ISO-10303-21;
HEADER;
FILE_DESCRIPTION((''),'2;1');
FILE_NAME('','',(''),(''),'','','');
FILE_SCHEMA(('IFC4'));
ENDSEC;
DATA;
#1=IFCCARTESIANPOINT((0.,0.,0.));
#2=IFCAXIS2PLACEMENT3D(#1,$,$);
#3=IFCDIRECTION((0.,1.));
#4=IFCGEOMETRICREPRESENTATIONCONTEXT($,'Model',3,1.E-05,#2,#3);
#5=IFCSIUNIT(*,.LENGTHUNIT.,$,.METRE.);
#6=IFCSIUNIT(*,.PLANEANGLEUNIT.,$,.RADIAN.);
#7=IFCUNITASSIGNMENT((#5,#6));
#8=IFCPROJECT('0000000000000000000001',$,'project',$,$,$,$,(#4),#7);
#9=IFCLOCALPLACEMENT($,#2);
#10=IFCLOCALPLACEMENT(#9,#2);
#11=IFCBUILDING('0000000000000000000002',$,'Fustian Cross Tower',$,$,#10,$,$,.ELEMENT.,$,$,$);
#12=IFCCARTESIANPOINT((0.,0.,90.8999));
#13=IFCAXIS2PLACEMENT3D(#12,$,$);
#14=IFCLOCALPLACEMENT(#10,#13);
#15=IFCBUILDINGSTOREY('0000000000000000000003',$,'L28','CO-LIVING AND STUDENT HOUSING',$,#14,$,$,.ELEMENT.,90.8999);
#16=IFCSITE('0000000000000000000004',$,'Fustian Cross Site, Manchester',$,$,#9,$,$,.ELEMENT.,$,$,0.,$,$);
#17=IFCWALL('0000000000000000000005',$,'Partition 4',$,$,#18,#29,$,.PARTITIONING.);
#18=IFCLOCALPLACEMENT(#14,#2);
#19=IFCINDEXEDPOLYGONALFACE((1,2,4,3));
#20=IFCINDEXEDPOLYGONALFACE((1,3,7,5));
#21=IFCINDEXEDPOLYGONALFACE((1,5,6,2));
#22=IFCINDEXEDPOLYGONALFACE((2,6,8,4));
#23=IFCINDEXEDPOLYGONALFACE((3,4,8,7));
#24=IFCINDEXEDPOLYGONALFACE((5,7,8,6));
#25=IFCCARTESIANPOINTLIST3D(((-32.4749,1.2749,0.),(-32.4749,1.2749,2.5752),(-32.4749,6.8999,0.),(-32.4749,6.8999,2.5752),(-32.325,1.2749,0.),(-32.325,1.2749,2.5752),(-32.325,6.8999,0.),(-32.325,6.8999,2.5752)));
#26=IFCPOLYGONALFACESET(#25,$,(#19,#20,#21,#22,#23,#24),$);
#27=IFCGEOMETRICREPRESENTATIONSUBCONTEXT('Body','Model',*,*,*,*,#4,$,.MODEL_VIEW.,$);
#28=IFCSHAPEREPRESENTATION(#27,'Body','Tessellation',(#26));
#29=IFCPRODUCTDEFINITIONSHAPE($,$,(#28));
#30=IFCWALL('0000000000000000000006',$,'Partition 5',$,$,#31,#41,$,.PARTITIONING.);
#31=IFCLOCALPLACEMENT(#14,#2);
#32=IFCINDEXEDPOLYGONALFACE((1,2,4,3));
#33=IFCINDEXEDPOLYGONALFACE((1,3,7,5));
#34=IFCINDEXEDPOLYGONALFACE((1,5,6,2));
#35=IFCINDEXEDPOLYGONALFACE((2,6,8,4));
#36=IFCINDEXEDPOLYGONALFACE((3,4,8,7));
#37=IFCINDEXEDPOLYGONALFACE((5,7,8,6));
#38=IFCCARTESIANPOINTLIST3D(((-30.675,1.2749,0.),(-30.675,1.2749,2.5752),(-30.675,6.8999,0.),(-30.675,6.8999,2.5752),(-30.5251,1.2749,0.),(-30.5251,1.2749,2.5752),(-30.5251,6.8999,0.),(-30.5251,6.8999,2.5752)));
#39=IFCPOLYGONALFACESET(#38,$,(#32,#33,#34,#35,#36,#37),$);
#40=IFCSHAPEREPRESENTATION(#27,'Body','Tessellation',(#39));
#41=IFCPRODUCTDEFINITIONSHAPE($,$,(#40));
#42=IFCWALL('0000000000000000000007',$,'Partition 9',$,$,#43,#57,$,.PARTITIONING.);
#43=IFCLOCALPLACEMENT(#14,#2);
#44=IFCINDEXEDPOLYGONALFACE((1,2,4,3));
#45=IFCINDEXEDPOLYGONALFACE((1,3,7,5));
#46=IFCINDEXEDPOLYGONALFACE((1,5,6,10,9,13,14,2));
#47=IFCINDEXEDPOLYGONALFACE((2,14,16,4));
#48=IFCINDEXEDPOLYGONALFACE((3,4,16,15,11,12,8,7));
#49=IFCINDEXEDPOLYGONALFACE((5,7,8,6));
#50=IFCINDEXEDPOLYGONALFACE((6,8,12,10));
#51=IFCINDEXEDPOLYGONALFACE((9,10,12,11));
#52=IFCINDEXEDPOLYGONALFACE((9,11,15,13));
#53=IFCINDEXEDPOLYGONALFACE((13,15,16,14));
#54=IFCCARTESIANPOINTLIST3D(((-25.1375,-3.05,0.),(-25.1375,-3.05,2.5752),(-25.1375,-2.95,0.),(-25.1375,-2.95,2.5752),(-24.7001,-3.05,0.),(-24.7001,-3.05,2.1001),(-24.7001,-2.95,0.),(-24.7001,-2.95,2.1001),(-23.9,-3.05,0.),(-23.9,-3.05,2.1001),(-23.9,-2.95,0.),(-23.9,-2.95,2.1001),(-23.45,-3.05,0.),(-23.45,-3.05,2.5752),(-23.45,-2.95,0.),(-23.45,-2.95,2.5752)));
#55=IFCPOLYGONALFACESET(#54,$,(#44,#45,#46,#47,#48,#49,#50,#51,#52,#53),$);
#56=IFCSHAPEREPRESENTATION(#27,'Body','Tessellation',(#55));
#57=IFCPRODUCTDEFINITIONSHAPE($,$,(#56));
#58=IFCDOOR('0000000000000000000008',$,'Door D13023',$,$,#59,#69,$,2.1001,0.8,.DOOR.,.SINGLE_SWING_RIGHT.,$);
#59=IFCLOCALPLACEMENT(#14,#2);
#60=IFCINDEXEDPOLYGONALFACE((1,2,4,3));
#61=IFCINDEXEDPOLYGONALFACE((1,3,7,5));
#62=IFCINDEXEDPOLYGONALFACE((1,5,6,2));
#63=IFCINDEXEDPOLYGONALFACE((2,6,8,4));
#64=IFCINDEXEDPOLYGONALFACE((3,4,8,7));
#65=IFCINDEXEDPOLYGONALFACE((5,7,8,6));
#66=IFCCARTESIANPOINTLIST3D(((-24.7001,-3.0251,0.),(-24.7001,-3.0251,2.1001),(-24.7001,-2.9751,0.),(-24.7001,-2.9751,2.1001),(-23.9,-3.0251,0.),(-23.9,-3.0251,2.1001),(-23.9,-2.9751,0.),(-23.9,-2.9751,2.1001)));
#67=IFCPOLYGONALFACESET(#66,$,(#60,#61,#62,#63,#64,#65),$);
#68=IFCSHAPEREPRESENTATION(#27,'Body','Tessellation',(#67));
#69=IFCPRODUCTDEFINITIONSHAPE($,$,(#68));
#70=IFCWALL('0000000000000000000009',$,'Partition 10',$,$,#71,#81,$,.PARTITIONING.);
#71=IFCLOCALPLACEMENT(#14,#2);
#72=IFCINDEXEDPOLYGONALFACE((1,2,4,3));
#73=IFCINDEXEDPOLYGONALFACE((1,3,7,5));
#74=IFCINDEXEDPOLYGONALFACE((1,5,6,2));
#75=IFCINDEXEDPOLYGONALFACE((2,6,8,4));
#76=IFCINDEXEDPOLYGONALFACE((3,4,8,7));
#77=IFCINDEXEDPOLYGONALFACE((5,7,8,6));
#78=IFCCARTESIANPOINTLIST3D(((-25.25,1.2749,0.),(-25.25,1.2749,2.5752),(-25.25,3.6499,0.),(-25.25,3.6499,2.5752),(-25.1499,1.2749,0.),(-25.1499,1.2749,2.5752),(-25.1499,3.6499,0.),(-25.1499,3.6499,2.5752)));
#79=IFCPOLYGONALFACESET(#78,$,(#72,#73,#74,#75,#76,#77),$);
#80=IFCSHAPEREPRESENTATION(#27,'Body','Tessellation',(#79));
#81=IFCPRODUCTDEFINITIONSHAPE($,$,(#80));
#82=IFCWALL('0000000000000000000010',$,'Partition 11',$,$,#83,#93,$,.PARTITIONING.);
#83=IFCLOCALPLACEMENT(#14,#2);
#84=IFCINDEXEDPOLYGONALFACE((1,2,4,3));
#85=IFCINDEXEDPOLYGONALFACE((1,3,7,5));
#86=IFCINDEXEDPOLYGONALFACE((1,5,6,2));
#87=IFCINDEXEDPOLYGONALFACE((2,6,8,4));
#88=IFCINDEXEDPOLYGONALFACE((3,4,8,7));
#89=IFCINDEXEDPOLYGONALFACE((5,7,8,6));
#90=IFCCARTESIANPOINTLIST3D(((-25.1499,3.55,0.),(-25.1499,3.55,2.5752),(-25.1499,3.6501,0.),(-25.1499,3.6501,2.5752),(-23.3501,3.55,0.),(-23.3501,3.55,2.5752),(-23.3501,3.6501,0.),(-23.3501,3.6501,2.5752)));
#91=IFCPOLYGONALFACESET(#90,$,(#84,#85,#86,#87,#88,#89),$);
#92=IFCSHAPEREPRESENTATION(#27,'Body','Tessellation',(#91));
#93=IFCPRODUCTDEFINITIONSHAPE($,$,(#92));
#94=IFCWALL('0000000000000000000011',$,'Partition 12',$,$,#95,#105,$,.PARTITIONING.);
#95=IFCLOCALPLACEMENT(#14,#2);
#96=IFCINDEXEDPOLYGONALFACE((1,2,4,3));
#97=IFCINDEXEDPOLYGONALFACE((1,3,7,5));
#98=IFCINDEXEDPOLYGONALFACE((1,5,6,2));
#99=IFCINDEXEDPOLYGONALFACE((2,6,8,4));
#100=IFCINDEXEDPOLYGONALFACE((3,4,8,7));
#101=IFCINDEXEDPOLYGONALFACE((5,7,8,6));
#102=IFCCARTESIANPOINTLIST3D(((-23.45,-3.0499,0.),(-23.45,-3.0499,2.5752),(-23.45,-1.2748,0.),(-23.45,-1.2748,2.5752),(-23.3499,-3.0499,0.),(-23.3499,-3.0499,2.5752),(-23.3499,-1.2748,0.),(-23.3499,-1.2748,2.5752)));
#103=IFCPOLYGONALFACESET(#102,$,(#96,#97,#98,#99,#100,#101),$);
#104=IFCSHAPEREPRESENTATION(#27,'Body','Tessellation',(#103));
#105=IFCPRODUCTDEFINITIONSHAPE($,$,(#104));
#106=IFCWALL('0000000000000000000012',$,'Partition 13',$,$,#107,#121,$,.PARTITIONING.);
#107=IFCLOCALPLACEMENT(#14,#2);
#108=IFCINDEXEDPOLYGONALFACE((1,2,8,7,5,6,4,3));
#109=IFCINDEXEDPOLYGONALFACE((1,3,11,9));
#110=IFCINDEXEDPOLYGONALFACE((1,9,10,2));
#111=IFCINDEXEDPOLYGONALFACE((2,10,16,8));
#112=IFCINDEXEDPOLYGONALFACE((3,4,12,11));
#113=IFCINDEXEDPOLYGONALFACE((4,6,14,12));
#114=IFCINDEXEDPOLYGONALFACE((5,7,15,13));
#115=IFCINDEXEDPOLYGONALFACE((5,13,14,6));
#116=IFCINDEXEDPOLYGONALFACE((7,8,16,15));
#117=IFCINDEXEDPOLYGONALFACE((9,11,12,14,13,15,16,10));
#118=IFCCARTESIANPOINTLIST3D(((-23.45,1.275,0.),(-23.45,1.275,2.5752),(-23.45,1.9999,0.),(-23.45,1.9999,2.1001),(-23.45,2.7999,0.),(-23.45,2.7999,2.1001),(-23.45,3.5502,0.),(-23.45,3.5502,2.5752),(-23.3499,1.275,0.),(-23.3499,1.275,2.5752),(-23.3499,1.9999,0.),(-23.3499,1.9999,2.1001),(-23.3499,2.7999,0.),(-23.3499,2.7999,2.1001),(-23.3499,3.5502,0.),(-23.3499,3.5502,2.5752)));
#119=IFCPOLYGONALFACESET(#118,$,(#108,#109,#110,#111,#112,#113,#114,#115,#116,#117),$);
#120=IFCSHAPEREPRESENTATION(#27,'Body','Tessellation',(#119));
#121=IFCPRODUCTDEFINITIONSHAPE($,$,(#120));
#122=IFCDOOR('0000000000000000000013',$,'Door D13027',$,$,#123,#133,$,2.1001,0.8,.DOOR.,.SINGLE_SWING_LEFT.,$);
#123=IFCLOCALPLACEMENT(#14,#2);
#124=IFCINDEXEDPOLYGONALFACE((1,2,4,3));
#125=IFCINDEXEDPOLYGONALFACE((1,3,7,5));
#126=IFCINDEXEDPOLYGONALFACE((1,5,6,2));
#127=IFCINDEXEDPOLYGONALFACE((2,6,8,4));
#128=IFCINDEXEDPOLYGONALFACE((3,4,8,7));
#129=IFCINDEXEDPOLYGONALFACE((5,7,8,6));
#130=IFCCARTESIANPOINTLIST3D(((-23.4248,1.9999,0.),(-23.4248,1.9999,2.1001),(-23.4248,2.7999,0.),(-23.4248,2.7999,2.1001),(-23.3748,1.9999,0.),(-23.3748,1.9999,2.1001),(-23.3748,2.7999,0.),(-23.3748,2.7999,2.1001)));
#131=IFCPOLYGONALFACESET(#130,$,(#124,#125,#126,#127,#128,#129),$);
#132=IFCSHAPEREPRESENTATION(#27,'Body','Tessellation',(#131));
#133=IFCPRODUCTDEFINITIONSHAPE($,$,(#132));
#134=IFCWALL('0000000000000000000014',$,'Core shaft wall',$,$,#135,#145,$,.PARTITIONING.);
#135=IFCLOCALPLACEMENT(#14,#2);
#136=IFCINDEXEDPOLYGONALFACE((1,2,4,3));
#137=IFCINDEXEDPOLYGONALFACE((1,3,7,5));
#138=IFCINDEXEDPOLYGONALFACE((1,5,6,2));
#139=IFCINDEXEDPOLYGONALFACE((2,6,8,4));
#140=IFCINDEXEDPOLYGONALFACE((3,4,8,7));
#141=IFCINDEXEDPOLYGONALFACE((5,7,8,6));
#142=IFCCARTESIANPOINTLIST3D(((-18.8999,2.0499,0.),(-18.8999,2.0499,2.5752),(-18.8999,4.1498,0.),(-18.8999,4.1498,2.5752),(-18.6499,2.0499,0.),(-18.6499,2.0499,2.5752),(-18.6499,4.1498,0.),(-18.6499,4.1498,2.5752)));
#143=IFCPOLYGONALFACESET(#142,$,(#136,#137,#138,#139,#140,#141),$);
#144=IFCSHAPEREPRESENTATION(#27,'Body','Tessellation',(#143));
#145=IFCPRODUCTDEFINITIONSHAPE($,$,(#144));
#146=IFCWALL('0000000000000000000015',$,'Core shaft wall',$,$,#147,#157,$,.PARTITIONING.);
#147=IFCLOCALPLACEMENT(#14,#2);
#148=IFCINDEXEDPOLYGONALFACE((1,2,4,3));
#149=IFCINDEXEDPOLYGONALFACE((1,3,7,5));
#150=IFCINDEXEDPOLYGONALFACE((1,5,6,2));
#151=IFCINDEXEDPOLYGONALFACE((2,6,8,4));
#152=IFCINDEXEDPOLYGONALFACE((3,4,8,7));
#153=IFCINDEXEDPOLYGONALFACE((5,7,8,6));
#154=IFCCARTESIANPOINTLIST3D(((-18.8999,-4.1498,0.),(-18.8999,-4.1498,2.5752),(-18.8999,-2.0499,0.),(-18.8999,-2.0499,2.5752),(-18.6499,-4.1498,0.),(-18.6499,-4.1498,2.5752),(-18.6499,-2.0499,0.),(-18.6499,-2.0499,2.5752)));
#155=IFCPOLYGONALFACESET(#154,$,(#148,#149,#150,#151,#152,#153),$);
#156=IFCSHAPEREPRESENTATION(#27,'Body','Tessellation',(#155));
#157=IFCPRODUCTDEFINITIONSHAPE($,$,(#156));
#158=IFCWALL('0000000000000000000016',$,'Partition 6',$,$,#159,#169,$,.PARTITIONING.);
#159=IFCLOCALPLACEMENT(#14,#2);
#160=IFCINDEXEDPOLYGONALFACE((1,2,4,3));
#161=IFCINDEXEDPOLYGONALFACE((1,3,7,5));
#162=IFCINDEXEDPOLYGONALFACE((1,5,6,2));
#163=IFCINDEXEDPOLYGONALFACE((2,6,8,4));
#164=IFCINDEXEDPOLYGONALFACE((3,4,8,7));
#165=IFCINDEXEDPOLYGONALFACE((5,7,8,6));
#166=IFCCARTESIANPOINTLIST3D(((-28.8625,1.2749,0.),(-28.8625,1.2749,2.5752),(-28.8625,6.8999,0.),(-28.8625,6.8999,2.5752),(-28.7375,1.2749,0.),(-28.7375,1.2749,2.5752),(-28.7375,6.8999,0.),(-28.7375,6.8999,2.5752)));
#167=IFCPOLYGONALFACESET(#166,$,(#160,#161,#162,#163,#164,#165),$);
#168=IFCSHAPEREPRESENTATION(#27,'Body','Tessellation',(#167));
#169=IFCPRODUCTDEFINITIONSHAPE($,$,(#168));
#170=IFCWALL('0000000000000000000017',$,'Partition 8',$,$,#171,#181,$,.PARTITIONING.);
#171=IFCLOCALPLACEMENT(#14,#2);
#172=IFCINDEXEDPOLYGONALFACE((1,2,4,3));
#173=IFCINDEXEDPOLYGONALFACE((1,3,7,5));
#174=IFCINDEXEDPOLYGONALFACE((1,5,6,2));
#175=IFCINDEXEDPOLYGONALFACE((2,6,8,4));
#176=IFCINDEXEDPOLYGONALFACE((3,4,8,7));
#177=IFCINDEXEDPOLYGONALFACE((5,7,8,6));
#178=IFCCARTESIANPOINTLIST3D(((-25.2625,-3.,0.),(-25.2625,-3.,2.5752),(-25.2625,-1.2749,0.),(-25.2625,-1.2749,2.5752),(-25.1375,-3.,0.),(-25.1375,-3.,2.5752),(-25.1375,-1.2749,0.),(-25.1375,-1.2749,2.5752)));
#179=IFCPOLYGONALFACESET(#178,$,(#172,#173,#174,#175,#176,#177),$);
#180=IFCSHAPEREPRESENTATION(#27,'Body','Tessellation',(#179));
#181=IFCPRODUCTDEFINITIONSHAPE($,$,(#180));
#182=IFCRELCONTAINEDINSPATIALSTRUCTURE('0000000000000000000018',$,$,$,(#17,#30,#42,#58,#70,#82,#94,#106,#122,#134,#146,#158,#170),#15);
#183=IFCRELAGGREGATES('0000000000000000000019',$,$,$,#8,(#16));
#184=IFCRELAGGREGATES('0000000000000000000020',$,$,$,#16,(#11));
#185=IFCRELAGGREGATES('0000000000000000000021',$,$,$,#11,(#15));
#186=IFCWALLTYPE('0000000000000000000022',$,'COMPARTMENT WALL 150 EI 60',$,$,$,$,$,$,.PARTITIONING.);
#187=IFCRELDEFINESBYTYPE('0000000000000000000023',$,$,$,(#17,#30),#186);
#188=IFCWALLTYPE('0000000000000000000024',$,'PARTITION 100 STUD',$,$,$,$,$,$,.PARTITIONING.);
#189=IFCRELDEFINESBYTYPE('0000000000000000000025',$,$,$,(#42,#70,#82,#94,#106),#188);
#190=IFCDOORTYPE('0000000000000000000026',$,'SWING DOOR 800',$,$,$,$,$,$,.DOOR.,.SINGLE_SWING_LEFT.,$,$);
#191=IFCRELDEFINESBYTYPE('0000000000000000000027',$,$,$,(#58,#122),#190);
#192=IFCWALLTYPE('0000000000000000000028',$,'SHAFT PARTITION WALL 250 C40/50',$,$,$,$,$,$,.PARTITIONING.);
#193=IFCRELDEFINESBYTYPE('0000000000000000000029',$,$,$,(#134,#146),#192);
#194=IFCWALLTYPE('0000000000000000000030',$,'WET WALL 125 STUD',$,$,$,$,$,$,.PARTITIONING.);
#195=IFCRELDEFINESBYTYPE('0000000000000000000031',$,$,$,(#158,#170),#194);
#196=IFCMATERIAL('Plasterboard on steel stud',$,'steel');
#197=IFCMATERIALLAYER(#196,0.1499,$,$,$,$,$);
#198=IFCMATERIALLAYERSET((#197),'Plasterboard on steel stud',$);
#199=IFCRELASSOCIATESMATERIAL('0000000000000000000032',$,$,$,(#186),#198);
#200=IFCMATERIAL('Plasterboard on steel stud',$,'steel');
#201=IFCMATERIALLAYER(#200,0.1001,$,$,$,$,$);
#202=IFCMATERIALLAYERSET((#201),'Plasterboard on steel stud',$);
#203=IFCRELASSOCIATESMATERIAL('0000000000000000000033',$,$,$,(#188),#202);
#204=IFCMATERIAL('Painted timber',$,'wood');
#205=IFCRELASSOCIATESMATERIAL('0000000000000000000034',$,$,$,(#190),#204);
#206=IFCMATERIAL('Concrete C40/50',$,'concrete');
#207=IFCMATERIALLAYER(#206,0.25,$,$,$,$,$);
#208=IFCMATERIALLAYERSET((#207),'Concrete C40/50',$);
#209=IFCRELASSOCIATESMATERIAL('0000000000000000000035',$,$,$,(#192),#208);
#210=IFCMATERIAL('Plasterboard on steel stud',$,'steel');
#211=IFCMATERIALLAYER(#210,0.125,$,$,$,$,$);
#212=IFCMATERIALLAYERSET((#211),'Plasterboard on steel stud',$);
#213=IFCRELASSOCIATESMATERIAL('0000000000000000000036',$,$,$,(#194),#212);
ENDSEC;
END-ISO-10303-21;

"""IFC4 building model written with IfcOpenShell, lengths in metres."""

from ifc_helpers import new_model, si_unit, direction, frame, frame_2d, origin, place, context, subcontext, project, spatial, rectangle, extrude, material, layer, layer_set, type_object, element, fill, save


model = new_model("IFC4")

# Units and contexts
model_context = context("Model", 3, precision=1e-05, world=origin(), true_north=direction((0.0, 1.0)))
body_context = subcontext(model_context, "Body", "Model", "MODEL_VIEW")
ifc_project = project(units=[si_unit("LENGTHUNIT", "METRE"), si_unit("PLANEANGLEUNIT", "RADIAN")], contexts=[model_context])

# Site, building, storey
site_placement = place(None, origin())
site = spatial("IfcSite", under=ifc_project, at=site_placement, Name="Fustian Cross Site, Manchester", CompositionType="ELEMENT", RefElevation=0.0)
building_placement = place(site_placement, origin())
building = spatial("IfcBuilding", under=site, at=building_placement, Name="Fustian Cross Tower", CompositionType="ELEMENT")
storey_placement = place(building_placement, frame((0.0, 0.0, 90.8999)))
storey = spatial("IfcBuildingStorey", under=building, at=storey_placement, Name="L28", Description="CO-LIVING AND STUDENT HOUSING", CompositionType="ELEMENT", Elevation=90.8999)

# Walls
ifc_material_1 = material(Name="Plasterboard on steel stud", Category="steel")
ifc_layer_1 = layer(ifc_material_1, 0.1499)
ifc_layer_set_1 = layer_set([ifc_layer_1], Name="Plasterboard on steel stud")
wall_type_1 = type_object("IfcWallType", Name="COMPARTMENT WALL 150 EI 60", PredefinedType="PARTITIONING", material=ifc_layer_set_1)
for number, where, z_axis, x_axis, name in (
    (1, (-32.3999, 1.2749, 0.0), (0.0, 0.0, 1.0), (0.0, 1.0, 0.0), "Partition 4"),
    (2, (-30.6001, 1.2749, 0.0), (0.0, 0.0, 1.0), (0.0, 1.0, 0.0), "Partition 5"),
):
    element("IfcWall", number, at=place(storey_placement, frame(where, z_axis=z_axis, x_axis=x_axis)), inside=storey, type_object=wall_type_1, Name=name, PredefinedType="PARTITIONING", context=body_context, shape_type="SweptSolid", body=[
        extrude(rectangle(XDim=5.625, YDim=0.1499, at=frame_2d((2.8125, 0.0))), origin(), (0.0, 0.0, 1.0), 2.5752),
    ])

# Wall, opening, door
ifc_material_2 = material(Name="Plasterboard on steel stud", Category="steel")
ifc_layer_2 = layer(ifc_material_2, 0.1001)
ifc_layer_set_2 = layer_set([ifc_layer_2], Name="Plasterboard on steel stud")
wall_type_2 = type_object("IfcWallType", Name="PARTITION 100 STUD", PredefinedType="PARTITIONING", material=ifc_layer_set_2)
wall_1_placement = place(storey_placement, frame((-25.1375, -3.0, 0.0), z_axis=(0.0, 0.0, 1.0), x_axis=(1.0, 0.0, 0.0)))
wall_1 = element("IfcWall", 3, at=wall_1_placement, inside=storey, type_object=wall_type_2, Name="Partition 9", PredefinedType="PARTITIONING", context=body_context, shape_type="SweptSolid", body=[
    extrude(rectangle(XDim=1.6875, YDim=0.1001, at=frame_2d((0.8438, 0.0))), origin(), (0.0, 0.0, 1.0), 2.5752),
])
opening_1_placement = place(wall_1_placement, frame((0.4375, 0.0, 0.0)))
opening_1 = element("IfcOpeningElement", 4, at=opening_1_placement, cuts=wall_1, PredefinedType="OPENING", context=body_context, shape_type="SweptSolid", body=[
    extrude(rectangle(XDim=0.8, YDim=2.1001, at=frame_2d((0.3999, 1.05))), frame((0.0, 0.0601, 0.0), z_axis=(0.0, -1.0, 0.0), x_axis=(1.0, 0.0, 0.0)), (0.0, 0.0, 1.0), 0.1201),
])
ifc_material_3 = material(Name="Painted timber", Category="wood")
door_type = type_object("IfcDoorType", Name="SWING DOOR 800", OperationType="SINGLE_SWING_LEFT", PredefinedType="DOOR", material=ifc_material_3)
door_1_placement = place(opening_1_placement, origin())
door_1 = element("IfcDoor", 5, at=door_1_placement, inside=storey, type_object=door_type, Name="Door D13023", OperationType="SINGLE_SWING_RIGHT", OverallHeight=2.1001, OverallWidth=0.8, PredefinedType="DOOR", context=body_context, shape_type="SweptSolid", body=[
    extrude(rectangle(XDim=0.8, YDim=2.1001, at=frame_2d((0.3999, 1.05))), frame((0.0, 0.0249, 0.0), z_axis=(0.0, -1.0, 0.0), x_axis=(1.0, 0.0, 0.0)), (0.0, 0.0, 1.0), 0.05),
])
fill(opening_1, door_1)

# Walls
wall_2_placement = place(storey_placement, frame((-25.2, 1.2749, 0.0), z_axis=(0.0, 0.0, 1.0), x_axis=(0.0, 1.0, 0.0)))
element("IfcWall", 6, at=wall_2_placement, inside=storey, type_object=wall_type_2, Name="Partition 10", PredefinedType="PARTITIONING", context=body_context, shape_type="SweptSolid", body=[
    extrude(rectangle(XDim=2.375, YDim=0.1001, at=frame_2d((1.1875, 0.0))), origin(), (0.0, 0.0, 1.0), 2.5752),
])
wall_3_placement = place(storey_placement, frame((-25.1499, 3.6001, 0.0), z_axis=(0.0, 0.0, 1.0), x_axis=(1.0, 0.0, 0.0)))
element("IfcWall", 7, at=wall_3_placement, inside=storey, type_object=wall_type_2, Name="Partition 11", PredefinedType="PARTITIONING", context=body_context, shape_type="SweptSolid", body=[
    extrude(rectangle(XDim=1.7998, YDim=0.1001, at=frame_2d((0.8999, 0.0))), origin(), (0.0, 0.0, 1.0), 2.5752),
])
wall_4_placement = place(storey_placement, frame((-23.3999, -3.05, 0.0), z_axis=(0.0, 0.0, 1.0), x_axis=(0.0, 1.0, 0.0)))
element("IfcWall", 8, at=wall_4_placement, inside=storey, type_object=wall_type_2, Name="Partition 12", PredefinedType="PARTITIONING", context=body_context, shape_type="SweptSolid", body=[
    extrude(rectangle(XDim=1.7751, YDim=0.1001, at=frame_2d((0.8877, 0.0))), origin(), (0.0, 0.0, 1.0), 2.5752),
])

# Wall, opening, door
wall_5_placement = place(storey_placement, frame((-23.3999, 1.2749, 0.0), z_axis=(0.0, 0.0, 1.0), x_axis=(0.0, 1.0, 0.0)))
wall_5 = element("IfcWall", 9, at=wall_5_placement, inside=storey, type_object=wall_type_2, Name="Partition 13", PredefinedType="PARTITIONING", context=body_context, shape_type="SweptSolid", body=[
    extrude(rectangle(XDim=2.2751, YDim=0.1001, at=frame_2d((1.1377, 0.0))), origin(), (0.0, 0.0, 1.0), 2.5752),
])
opening_2_placement = place(wall_5_placement, frame((0.7251, 0.0, 0.0)))
opening_2 = element("IfcOpeningElement", 10, at=opening_2_placement, cuts=wall_5, PredefinedType="OPENING", context=body_context, shape_type="SweptSolid", body=[
    extrude(rectangle(XDim=0.8, YDim=2.1001, at=frame_2d((0.3999, 1.05))), frame((0.0, 0.0601, 0.0), z_axis=(0.0, -1.0, 0.0), x_axis=(1.0, 0.0, 0.0)), (0.0, 0.0, 1.0), 0.1201),
])
door_2_placement = place(opening_2_placement, origin())
door_2 = element("IfcDoor", 11, at=door_2_placement, inside=storey, type_object=door_type, Name="Door D13027", OperationType="SINGLE_SWING_LEFT", OverallHeight=2.1001, OverallWidth=0.8, PredefinedType="DOOR", context=body_context, shape_type="SweptSolid", body=[
    extrude(rectangle(XDim=0.8, YDim=2.1001, at=frame_2d((0.3999, 1.05))), frame((0.0, 0.0249, 0.0), z_axis=(0.0, -1.0, 0.0), x_axis=(1.0, 0.0, 0.0)), (0.0, 0.0, 1.0), 0.05),
])
fill(opening_2, door_2)

# Walls
ifc_material_4 = material(Name="Concrete C40/50", Category="concrete")
ifc_layer_3 = layer(ifc_material_4, 0.25)
ifc_layer_set_3 = layer_set([ifc_layer_3], Name="Concrete C40/50")
wall_type_3 = type_object("IfcWallType", Name="SHAFT PARTITION WALL 250 C40/50", PredefinedType="PARTITIONING", material=ifc_layer_set_3)
for number, where, z_axis, x_axis, name in (
    (12, (-18.7749, 2.05, 0.0), (0.0, 0.0, 1.0), (0.0, 1.0, 0.0), "Core shaft wall"),
    (13, (-18.7749, -2.05, 0.0), (0.0, 0.0, 1.0), (0.0, -1.0, 0.0), "Core shaft wall"),
):
    element("IfcWall", number, at=place(storey_placement, frame(where, z_axis=z_axis, x_axis=x_axis)), inside=storey, type_object=wall_type_3, Name=name, PredefinedType="PARTITIONING", context=body_context, shape_type="SweptSolid", body=[
        extrude(rectangle(XDim=2.0999, YDim=0.25, at=frame_2d((1.0498, 0.0))), origin(), (0.0, 0.0, 1.0), 2.5752),
    ])
ifc_material_5 = material(Name="Plasterboard on steel stud", Category="steel")
ifc_layer_4 = layer(ifc_material_5, 0.125)
ifc_layer_set_4 = layer_set([ifc_layer_4], Name="Plasterboard on steel stud")
wall_type_4 = type_object("IfcWallType", Name="WET WALL 125 STUD", PredefinedType="PARTITIONING", material=ifc_layer_set_4)
wall_6_placement = place(storey_placement, frame((-28.8, 1.2749, 0.0), z_axis=(0.0, 0.0, 1.0), x_axis=(0.0, 1.0, 0.0)))
element("IfcWall", 14, at=wall_6_placement, inside=storey, type_object=wall_type_4, Name="Partition 6", PredefinedType="PARTITIONING", context=body_context, shape_type="SweptSolid", body=[
    extrude(rectangle(XDim=5.625, YDim=0.125, at=frame_2d((2.8125, 0.0))), origin(), (0.0, 0.0, 1.0), 2.5752),
])
wall_7_placement = place(storey_placement, frame((-25.2, -3.0, 0.0), z_axis=(0.0, 0.0, 1.0), x_axis=(0.0, 1.0, 0.0)))
element("IfcWall", 15, at=wall_7_placement, inside=storey, type_object=wall_type_4, Name="Partition 8", PredefinedType="PARTITIONING", context=body_context, shape_type="SweptSolid", body=[
    extrude(rectangle(XDim=1.7251, YDim=0.125, at=frame_2d((0.8625, 0.0))), origin(), (0.0, 0.0, 1.0), 2.5752),
])

save(model, "model.ifc")
